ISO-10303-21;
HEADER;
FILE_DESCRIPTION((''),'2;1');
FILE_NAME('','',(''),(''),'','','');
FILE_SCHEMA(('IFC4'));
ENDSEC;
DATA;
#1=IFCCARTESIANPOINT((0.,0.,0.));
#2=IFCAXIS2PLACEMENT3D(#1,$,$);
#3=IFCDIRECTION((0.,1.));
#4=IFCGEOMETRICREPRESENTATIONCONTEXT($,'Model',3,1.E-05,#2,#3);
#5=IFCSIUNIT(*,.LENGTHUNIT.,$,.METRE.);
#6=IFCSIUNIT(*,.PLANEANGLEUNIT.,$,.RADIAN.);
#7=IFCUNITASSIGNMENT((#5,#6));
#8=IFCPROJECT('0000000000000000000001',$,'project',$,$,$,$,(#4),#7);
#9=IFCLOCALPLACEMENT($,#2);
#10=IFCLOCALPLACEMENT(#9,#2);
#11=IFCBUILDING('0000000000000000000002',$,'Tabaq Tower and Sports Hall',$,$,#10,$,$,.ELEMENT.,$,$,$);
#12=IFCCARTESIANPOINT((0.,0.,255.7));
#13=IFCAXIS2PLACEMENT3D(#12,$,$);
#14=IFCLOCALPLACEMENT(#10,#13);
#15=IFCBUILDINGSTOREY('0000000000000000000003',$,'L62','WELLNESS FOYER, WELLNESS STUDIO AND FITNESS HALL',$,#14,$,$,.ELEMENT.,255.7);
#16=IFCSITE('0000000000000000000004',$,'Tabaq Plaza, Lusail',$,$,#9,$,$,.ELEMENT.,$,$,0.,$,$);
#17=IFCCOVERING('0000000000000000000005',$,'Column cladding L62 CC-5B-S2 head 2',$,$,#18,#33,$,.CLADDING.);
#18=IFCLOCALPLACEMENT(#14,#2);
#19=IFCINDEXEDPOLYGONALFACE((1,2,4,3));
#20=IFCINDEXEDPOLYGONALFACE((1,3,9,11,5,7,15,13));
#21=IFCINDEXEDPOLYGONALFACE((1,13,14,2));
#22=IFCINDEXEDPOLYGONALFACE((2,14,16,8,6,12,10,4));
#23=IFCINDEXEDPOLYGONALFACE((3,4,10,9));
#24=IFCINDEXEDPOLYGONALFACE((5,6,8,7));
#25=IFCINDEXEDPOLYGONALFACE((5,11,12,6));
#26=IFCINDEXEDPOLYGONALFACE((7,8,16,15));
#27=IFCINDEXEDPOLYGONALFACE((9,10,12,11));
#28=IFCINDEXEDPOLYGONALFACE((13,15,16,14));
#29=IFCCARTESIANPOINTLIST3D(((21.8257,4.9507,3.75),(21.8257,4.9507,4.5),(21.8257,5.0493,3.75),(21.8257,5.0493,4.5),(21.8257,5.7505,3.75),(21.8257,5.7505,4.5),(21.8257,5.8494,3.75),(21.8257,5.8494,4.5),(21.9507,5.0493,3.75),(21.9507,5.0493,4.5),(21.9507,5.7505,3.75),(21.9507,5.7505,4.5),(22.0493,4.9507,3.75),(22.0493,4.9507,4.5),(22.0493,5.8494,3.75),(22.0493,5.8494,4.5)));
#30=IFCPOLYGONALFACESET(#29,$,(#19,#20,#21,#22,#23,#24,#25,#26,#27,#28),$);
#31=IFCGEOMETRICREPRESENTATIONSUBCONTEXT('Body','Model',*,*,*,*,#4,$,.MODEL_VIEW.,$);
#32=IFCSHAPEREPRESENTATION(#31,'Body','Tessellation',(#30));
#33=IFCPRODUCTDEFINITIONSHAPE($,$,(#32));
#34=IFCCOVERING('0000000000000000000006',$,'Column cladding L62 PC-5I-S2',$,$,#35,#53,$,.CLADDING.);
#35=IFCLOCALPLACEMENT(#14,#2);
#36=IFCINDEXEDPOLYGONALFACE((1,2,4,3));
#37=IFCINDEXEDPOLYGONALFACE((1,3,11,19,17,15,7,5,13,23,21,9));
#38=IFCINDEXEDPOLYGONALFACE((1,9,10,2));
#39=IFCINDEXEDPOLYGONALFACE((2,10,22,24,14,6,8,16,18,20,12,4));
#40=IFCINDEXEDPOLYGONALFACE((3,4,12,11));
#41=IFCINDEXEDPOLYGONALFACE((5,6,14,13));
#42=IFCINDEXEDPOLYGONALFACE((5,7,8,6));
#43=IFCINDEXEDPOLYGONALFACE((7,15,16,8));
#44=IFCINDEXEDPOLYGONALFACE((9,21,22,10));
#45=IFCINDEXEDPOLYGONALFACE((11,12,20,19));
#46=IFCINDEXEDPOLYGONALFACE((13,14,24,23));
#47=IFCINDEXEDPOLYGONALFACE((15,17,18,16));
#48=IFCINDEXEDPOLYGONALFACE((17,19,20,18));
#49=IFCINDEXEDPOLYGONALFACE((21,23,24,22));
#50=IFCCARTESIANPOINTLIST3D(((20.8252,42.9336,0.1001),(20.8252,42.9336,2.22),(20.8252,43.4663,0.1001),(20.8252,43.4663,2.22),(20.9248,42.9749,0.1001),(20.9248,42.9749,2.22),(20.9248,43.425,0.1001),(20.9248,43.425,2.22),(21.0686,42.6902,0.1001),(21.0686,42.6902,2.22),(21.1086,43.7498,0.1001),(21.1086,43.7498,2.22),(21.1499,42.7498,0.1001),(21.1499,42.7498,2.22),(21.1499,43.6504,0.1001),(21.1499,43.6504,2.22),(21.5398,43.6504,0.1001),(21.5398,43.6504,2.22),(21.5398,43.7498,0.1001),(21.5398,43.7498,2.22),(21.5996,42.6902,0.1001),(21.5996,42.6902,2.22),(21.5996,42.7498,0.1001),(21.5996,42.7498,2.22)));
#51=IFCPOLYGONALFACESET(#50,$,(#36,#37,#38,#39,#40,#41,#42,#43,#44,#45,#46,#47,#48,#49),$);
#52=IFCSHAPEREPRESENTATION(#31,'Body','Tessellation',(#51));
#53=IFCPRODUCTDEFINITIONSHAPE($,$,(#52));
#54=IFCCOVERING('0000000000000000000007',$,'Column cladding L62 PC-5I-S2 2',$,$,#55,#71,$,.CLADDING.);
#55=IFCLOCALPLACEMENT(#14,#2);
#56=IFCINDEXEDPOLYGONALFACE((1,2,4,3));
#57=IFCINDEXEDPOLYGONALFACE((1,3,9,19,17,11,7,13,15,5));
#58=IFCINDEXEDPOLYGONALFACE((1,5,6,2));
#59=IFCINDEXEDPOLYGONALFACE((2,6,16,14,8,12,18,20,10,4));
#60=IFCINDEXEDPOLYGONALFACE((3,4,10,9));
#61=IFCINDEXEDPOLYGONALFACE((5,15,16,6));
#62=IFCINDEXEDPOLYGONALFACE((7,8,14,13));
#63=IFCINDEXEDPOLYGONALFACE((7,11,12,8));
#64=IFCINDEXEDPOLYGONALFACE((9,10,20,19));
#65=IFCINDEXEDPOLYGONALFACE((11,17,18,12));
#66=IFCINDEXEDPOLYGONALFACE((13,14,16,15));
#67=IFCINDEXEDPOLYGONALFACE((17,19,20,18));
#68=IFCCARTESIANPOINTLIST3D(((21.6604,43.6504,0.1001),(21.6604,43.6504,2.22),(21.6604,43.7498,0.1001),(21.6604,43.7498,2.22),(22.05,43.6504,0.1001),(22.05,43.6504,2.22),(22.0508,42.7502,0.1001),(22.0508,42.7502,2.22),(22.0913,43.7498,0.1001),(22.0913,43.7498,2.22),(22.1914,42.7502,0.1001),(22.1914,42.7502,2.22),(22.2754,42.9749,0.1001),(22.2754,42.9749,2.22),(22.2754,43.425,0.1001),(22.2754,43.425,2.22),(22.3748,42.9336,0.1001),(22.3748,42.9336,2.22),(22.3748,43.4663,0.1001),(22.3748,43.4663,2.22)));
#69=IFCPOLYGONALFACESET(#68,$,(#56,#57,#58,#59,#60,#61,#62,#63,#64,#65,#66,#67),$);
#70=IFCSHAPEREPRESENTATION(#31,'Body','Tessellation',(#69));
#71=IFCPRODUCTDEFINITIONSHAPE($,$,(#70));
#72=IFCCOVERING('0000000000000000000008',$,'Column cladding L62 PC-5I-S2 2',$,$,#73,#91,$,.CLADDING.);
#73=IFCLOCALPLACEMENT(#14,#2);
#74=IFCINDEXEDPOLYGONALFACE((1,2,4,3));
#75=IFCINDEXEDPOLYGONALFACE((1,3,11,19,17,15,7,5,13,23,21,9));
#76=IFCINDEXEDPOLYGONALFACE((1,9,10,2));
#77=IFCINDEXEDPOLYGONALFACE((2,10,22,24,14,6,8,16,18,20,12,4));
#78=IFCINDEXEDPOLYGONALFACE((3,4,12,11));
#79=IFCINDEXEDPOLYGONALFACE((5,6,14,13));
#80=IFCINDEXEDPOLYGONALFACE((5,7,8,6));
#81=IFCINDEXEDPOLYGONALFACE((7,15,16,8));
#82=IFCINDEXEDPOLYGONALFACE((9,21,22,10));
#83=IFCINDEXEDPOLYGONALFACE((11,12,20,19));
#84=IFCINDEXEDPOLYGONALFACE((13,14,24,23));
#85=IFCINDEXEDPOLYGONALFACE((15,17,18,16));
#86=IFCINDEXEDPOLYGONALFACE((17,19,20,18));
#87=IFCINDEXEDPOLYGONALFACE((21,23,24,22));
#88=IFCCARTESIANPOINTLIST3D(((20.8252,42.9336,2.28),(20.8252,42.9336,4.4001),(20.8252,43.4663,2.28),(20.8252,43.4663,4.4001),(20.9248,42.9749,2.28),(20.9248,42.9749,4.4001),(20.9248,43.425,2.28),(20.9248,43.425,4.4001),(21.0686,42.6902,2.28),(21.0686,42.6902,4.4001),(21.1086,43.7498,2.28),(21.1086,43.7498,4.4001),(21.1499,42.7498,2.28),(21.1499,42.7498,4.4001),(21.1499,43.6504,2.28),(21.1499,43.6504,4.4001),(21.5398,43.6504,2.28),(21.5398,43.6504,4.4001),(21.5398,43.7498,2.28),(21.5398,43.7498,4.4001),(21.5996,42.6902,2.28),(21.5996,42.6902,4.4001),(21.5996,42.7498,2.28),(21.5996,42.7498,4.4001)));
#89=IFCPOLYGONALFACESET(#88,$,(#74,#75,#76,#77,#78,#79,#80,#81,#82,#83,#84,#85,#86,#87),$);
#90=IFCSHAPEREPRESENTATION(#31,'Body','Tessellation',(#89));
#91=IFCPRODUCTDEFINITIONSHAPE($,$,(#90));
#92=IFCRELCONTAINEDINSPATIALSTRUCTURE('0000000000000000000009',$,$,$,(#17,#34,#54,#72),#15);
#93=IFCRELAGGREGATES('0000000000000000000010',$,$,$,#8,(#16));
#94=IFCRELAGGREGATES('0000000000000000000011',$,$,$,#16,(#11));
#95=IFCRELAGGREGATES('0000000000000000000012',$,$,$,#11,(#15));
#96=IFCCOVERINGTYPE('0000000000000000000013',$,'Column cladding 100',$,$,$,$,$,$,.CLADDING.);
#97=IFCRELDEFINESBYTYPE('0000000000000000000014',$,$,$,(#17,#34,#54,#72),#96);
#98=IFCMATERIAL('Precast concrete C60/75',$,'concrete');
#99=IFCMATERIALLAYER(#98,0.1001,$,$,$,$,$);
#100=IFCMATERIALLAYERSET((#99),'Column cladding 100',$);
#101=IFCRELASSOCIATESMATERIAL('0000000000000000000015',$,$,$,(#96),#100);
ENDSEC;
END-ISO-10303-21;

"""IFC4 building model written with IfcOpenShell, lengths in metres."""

from ifc_helpers import new_model, si_unit, direction, frame, origin, place, context, subcontext, project, spatial, polyline, outline, extrude, material, layer, layer_set, type_object, element, save


model = new_model("IFC4")

# Units and contexts
model_context = context("Model", 3, precision=1e-05, world=origin(), true_north=direction((0.0, 1.0)))
body_context = subcontext(model_context, "Body", "Model", "MODEL_VIEW")
ifc_project = project(units=[si_unit("LENGTHUNIT", "METRE"), si_unit("PLANEANGLEUNIT", "RADIAN")], contexts=[model_context])

# Site, building, storey
site_placement = place(None, origin())
site = spatial("IfcSite", under=ifc_project, at=site_placement, Name="Tabaq Plaza, Lusail", CompositionType="ELEMENT", RefElevation=0.0)
building_placement = place(site_placement, origin())
building = spatial("IfcBuilding", under=site, at=building_placement, Name="Tabaq Tower and Sports Hall", CompositionType="ELEMENT")
storey_placement = place(building_placement, frame((0.0, 0.0, 255.7)))
storey = spatial("IfcBuildingStorey", under=building, at=storey_placement, Name="L62", Description="WELLNESS FOYER, WELLNESS STUDIO AND FITNESS HALL", CompositionType="ELEMENT", Elevation=255.7)

# Coverings
ifc_material_1 = material(Name="Precast concrete C60/75", Category="concrete")
ifc_layer_1 = layer(ifc_material_1, 0.1001)
ifc_layer_set_1 = layer_set([ifc_layer_1], Name="Column cladding 100")
covering_type = type_object("IfcCoveringType", Name="Column cladding 100", PredefinedType="CLADDING", material=ifc_layer_set_1)
covering_1_placement = place(storey_placement, frame((0.0, 0.0, 3.75)))
element("IfcCovering", 1, at=covering_1_placement, inside=storey, type_object=covering_type, Name="Column cladding L62 CC-5B-S2 head 2", PredefinedType="CLADDING", context=body_context, shape_type="SweptSolid", body=[
    extrude(outline(polyline([(21.8257, 5.0493), (21.9507, 5.0493), (21.9507, 5.7505), (21.8257, 5.7505), (21.8257, 5.8494), (22.0493, 5.8494), (22.0493, 4.9507), (21.8257, 4.9507), (21.8257, 5.0493)])), origin(), (0.0, 0.0, 1.0), 0.75),
])
covering_2_placement = place(storey_placement, frame((0.0, 0.0, 0.1001)))
element("IfcCovering", 2, at=covering_2_placement, inside=storey, type_object=covering_type, Name="Column cladding L62 PC-5I-S2", PredefinedType="CLADDING", context=body_context, shape_type="SweptSolid", body=[
    extrude(outline(polyline([(20.8252, 43.4663), (21.1086, 43.7498), (21.5398, 43.7498), (21.5398, 43.6504), (21.1499, 43.6504), (20.9248, 43.425), (20.9248, 42.9749), (21.1499, 42.7498), (21.5996, 42.7498), (21.5996, 42.6902), (21.0686, 42.6902), (20.8252, 42.9336), (20.8252, 43.4663)])), origin(), (0.0, 0.0, 1.0), 2.1199),
])
covering_3_placement = place(storey_placement, frame((0.0, 0.0, 0.1001)))
element("IfcCovering", 3, at=covering_3_placement, inside=storey, type_object=covering_type, Name="Column cladding L62 PC-5I-S2 2", PredefinedType="CLADDING", context=body_context, shape_type="SweptSolid", body=[
    extrude(outline(polyline([(22.0913, 43.7498), (22.3748, 43.4663), (22.3748, 42.9336), (22.1914, 42.7502), (22.0508, 42.7502), (22.2754, 42.9749), (22.2754, 43.425), (22.05, 43.6504), (21.6604, 43.6504), (21.6604, 43.7498), (22.0913, 43.7498)])), origin(), (0.0, 0.0, 1.0), 2.1199),
])
covering_4_placement = place(storey_placement, frame((0.0, 0.0, 2.28)))
element("IfcCovering", 4, at=covering_4_placement, inside=storey, type_object=covering_type, Name="Column cladding L62 PC-5I-S2 2", PredefinedType="CLADDING", context=body_context, shape_type="SweptSolid", body=[
    extrude(outline(polyline([(20.8252, 43.4663), (21.1086, 43.7498), (21.5398, 43.7498), (21.5398, 43.6504), (21.1499, 43.6504), (20.9248, 43.425), (20.9248, 42.9749), (21.1499, 42.7498), (21.5996, 42.7498), (21.5996, 42.6902), (21.0686, 42.6902), (20.8252, 42.9336), (20.8252, 43.4663)])), origin(), (0.0, 0.0, 1.0), 2.1201),
])

save(model, "model.ifc")
